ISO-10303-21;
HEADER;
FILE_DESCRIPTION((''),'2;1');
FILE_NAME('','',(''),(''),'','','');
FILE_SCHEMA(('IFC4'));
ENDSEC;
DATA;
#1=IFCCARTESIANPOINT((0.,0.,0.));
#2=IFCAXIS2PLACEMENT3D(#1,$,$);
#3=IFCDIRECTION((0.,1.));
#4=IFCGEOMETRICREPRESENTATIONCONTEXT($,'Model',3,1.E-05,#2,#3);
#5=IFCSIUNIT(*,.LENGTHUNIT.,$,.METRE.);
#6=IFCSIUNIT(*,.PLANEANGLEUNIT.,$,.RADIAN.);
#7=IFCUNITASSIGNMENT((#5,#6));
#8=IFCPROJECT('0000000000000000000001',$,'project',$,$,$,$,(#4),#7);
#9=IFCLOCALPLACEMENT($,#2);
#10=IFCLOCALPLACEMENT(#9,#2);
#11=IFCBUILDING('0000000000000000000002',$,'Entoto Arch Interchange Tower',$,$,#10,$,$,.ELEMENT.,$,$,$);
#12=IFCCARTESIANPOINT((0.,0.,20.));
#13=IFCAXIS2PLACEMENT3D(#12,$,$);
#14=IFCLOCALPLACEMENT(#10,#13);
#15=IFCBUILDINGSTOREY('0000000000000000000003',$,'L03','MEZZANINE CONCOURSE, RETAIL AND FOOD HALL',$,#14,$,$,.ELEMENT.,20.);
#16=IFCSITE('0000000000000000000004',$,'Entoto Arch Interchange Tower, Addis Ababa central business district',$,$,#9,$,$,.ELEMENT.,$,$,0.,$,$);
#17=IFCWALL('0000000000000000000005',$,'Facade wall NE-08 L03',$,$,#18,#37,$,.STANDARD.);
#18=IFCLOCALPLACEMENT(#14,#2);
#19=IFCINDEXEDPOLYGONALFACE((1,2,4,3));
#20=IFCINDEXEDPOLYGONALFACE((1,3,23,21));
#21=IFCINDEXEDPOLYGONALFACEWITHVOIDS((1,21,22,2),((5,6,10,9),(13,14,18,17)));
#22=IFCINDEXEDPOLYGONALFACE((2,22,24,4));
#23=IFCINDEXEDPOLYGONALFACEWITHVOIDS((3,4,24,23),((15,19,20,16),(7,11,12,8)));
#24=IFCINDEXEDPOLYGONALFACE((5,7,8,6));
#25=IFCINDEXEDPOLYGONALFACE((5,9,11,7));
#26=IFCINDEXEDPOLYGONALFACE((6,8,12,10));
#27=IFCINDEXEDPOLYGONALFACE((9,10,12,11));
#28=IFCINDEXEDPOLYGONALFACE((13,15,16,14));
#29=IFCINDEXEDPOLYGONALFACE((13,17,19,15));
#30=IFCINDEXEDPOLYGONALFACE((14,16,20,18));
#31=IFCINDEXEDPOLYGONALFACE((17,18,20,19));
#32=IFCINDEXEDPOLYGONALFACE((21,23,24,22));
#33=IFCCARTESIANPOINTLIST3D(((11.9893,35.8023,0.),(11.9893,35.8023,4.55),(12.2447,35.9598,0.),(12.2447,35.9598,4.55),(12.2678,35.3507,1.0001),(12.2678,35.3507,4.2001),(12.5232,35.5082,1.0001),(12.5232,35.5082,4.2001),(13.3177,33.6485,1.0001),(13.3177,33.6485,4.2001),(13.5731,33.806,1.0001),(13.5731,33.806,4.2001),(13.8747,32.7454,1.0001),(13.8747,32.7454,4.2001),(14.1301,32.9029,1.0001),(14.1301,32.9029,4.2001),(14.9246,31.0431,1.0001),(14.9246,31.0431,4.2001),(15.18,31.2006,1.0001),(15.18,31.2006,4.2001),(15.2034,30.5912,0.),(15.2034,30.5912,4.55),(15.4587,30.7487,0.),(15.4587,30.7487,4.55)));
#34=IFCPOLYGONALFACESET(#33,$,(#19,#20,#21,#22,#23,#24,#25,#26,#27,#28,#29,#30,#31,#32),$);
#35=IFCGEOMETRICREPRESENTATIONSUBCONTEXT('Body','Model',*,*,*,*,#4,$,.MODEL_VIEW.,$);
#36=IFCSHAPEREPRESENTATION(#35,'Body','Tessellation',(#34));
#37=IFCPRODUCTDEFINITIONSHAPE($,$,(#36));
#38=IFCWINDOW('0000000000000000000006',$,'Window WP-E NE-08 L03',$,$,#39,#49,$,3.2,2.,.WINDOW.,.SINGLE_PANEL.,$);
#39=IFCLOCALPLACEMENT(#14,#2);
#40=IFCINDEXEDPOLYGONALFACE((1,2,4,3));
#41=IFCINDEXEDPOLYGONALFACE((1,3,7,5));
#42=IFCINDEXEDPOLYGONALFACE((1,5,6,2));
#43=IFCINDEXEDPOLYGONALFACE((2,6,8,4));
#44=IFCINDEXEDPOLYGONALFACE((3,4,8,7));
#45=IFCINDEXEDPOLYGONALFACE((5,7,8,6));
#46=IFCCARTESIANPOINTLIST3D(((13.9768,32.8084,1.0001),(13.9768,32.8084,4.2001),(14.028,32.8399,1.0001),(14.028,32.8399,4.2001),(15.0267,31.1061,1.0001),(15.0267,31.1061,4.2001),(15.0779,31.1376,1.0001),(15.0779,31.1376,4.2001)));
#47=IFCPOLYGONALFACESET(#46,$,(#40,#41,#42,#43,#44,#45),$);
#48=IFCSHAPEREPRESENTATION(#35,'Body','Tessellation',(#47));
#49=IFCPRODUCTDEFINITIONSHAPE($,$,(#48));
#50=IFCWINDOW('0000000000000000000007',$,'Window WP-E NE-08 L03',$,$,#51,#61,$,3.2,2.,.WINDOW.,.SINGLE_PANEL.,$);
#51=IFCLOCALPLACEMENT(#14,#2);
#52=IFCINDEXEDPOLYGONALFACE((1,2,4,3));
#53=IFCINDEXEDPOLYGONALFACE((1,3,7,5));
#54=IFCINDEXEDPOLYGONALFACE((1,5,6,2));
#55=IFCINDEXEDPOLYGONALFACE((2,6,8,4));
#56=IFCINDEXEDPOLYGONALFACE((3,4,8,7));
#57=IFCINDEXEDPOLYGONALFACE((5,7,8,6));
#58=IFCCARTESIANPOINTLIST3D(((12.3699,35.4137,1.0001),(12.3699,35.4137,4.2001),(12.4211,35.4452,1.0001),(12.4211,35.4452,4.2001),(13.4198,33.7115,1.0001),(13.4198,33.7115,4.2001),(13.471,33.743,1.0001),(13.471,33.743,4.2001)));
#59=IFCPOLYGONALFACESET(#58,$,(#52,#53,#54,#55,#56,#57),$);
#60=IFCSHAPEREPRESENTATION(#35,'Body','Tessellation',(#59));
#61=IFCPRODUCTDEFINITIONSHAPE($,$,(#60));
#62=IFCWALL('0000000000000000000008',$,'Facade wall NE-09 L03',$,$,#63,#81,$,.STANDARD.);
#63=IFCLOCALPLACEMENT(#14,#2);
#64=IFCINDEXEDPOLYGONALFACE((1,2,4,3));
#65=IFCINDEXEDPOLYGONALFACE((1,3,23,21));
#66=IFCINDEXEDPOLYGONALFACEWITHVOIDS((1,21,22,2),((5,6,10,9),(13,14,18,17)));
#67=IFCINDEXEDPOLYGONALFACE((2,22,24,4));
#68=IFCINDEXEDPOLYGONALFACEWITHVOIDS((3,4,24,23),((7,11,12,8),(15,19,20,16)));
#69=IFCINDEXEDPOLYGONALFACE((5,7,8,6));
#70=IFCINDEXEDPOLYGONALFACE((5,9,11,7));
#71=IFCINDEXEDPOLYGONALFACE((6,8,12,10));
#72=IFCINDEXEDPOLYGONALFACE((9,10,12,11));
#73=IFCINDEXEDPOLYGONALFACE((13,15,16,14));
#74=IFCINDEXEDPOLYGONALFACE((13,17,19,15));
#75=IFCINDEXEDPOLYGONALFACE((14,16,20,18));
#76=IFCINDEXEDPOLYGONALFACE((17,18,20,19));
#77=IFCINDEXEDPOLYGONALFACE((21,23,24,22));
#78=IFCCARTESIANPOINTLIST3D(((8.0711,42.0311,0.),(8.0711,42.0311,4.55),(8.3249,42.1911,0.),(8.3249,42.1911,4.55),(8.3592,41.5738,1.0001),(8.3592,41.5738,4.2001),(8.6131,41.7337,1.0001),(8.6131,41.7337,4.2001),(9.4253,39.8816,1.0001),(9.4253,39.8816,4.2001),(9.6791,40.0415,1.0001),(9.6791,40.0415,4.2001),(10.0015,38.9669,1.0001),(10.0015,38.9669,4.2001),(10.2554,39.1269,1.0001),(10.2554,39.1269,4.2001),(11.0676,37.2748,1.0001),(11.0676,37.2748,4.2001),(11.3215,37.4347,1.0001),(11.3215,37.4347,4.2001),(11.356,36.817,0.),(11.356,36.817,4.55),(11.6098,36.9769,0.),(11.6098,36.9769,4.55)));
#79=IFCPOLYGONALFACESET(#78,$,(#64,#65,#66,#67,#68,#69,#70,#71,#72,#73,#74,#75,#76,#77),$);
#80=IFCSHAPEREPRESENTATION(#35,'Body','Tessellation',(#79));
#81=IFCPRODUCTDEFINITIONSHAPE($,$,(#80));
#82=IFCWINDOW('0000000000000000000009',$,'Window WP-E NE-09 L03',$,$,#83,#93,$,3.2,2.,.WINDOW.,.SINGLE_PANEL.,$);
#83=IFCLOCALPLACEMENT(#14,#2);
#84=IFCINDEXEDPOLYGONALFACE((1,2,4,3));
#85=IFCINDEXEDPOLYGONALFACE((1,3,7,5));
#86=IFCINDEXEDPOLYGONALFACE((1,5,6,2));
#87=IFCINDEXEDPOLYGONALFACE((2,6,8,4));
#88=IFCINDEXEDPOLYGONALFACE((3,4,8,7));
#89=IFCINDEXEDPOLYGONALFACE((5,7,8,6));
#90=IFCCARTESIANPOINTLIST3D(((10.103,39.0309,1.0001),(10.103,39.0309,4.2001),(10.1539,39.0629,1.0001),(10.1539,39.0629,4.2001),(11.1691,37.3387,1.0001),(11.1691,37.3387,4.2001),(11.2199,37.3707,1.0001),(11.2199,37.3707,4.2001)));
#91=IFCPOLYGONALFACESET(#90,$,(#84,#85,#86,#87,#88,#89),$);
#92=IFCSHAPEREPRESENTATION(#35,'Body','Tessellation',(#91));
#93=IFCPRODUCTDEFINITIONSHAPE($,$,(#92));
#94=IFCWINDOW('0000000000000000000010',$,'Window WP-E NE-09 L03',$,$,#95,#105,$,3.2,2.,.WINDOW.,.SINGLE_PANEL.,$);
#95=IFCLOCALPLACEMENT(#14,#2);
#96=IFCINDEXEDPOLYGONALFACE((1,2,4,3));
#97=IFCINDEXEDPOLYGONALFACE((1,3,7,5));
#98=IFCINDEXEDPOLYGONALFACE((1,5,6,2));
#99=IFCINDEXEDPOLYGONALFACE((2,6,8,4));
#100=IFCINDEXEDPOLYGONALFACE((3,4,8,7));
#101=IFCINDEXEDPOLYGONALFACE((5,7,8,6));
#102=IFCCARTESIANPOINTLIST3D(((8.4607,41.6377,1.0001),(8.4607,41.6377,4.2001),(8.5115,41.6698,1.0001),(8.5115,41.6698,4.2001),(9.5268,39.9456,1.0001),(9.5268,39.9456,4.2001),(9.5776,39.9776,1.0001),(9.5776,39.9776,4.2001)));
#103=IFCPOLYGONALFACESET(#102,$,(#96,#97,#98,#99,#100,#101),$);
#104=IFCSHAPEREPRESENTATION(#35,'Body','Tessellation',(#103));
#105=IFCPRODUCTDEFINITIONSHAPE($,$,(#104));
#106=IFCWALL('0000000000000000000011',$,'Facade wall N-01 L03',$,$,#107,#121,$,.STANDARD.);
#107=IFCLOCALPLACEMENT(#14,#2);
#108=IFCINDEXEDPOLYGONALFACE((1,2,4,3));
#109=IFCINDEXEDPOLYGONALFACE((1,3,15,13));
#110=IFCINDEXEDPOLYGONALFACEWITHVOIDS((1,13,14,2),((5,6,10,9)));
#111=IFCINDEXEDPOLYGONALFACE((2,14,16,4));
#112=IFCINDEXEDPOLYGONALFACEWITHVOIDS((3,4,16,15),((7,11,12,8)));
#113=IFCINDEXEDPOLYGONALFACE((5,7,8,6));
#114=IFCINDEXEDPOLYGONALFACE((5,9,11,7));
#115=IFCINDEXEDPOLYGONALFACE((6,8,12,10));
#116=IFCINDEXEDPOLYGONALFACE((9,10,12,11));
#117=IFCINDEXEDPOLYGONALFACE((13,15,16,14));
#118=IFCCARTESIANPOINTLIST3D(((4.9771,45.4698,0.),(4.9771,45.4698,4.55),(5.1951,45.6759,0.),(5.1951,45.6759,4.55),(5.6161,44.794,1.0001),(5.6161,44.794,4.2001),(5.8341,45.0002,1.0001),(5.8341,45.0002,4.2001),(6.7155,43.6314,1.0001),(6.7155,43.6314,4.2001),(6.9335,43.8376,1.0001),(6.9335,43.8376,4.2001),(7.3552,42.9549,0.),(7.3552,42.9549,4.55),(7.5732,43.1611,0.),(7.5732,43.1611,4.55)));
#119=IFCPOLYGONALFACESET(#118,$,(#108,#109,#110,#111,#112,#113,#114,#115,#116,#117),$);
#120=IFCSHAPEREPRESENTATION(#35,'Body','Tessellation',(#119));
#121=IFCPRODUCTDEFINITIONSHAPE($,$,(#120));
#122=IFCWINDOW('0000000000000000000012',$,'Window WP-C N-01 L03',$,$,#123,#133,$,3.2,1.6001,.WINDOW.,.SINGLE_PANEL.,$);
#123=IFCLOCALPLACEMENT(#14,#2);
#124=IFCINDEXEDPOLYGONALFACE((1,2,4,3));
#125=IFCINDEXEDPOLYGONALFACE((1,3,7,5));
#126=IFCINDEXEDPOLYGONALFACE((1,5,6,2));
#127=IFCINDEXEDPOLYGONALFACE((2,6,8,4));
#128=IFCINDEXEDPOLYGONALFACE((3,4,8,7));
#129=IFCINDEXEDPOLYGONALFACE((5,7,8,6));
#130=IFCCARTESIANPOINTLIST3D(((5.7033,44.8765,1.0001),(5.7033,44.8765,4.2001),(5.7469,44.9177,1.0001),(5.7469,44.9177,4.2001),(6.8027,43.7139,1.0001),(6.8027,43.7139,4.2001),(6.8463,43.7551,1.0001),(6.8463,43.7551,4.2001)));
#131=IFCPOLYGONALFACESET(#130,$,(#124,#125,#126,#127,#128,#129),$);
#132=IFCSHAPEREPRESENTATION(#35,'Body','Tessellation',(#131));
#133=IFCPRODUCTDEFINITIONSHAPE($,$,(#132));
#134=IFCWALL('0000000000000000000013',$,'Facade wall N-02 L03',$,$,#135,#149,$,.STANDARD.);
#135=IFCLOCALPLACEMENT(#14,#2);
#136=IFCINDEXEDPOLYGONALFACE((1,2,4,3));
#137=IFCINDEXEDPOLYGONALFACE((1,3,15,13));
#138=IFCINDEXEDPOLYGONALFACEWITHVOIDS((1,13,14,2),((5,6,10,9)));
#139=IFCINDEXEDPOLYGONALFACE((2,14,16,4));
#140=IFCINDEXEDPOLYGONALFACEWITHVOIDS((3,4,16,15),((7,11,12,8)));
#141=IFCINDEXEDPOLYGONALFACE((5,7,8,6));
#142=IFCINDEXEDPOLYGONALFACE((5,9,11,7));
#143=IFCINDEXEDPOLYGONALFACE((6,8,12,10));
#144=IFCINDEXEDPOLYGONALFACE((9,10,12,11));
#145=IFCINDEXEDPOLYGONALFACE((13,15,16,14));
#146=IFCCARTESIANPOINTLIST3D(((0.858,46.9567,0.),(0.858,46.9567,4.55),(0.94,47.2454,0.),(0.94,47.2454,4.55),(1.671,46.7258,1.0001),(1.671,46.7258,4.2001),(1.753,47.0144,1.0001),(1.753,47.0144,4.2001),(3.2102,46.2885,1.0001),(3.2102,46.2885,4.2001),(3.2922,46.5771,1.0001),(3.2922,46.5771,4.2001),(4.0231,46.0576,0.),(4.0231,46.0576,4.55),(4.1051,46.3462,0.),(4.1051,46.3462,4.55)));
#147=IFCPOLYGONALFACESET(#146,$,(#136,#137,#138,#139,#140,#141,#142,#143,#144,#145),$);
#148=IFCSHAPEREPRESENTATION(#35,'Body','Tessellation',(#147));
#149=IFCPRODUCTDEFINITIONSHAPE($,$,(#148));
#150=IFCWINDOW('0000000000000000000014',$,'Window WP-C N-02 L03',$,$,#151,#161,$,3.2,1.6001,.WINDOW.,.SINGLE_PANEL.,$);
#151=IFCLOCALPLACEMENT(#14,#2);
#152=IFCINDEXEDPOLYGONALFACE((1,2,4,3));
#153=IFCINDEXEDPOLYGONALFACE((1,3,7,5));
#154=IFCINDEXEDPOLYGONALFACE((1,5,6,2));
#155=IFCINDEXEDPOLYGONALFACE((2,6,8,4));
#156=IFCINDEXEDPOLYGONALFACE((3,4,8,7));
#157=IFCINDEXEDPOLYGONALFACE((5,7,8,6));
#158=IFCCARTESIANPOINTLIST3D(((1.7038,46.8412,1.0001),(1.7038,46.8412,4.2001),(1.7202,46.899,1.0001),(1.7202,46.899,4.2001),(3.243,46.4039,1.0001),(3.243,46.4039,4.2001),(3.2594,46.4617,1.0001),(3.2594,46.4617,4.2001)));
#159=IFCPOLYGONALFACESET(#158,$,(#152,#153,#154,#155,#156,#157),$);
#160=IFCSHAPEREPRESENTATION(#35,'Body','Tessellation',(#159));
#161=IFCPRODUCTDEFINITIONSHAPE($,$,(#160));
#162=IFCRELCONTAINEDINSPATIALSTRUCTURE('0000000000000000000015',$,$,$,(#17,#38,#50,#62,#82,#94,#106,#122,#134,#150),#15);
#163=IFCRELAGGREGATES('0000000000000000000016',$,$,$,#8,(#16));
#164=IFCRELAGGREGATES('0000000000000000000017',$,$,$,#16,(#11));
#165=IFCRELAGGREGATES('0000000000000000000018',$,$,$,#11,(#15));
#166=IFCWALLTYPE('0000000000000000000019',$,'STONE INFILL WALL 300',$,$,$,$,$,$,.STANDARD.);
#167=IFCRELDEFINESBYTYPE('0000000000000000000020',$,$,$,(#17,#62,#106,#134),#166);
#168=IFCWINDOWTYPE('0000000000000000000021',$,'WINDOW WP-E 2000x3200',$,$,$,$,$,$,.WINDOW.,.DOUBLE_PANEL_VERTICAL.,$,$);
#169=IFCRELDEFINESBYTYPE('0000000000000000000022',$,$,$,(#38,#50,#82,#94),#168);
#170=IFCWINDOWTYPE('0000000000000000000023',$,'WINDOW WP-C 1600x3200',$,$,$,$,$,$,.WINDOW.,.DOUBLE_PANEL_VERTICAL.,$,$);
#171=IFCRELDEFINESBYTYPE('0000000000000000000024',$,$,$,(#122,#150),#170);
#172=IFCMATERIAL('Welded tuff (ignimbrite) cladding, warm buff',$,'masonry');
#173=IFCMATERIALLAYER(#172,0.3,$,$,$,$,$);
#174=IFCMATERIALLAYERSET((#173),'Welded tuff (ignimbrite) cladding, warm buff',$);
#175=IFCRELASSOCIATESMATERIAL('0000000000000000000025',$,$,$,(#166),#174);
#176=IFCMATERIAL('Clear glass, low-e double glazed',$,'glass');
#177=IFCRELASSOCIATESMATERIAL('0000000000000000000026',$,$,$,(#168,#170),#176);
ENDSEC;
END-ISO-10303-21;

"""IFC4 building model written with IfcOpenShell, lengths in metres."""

from ifc_helpers import new_model, si_unit, direction, frame, frame_2d, origin, place, context, subcontext, project, spatial, rectangle, extrude, material, layer, layer_set, type_object, element, fill, save


model = new_model("IFC4")

# Units and contexts
model_context = context("Model", 3, precision=1e-05, world=origin(), true_north=direction((0.0, 1.0)))
body_context = subcontext(model_context, "Body", "Model", "MODEL_VIEW")
ifc_project = project(units=[si_unit("LENGTHUNIT", "METRE"), si_unit("PLANEANGLEUNIT", "RADIAN")], contexts=[model_context])

# Site, building, storey
site_placement = place(None, origin())
site = spatial("IfcSite", under=ifc_project, at=site_placement, Name="Entoto Arch Interchange Tower, Addis Ababa central business district", CompositionType="ELEMENT", RefElevation=0.0)
building_placement = place(site_placement, origin())
building = spatial("IfcBuilding", under=site, at=building_placement, Name="Entoto Arch Interchange Tower", CompositionType="ELEMENT")
storey_placement = place(building_placement, frame((0.0, 0.0, 20.0)))
storey = spatial("IfcBuildingStorey", under=building, at=storey_placement, Name="L03", Description="MEZZANINE CONCOURSE, RETAIL AND FOOD HALL", CompositionType="ELEMENT", Elevation=20.0)

# Walls, openings, windows
ifc_material_1 = material(Name="Welded tuff (ignimbrite) cladding, warm buff", Category="masonry")
ifc_layer_1 = layer(ifc_material_1, 0.3)
ifc_layer_set_1 = layer_set([ifc_layer_1], Name="Welded tuff (ignimbrite) cladding, warm buff")
wall_type_1 = type_object("IfcWallType", Name="STONE INFILL WALL 300", PredefinedType="STANDARD", material=ifc_layer_set_1)
wall_1_placement = place(storey_placement, frame((15.3311, 30.6699, 0.0), z_axis=(0.0, 0.0, 1.0), x_axis=(-0.524954, 0.851131, 0.0)))
wall_1 = element("IfcWall", 1, at=wall_1_placement, inside=storey, type_object=wall_type_1, Name="Facade wall NE-08 L03", PredefinedType="STANDARD", context=body_context, shape_type="SweptSolid", body=[
    extrude(rectangle(XDim=6.1226, YDim=0.3, at=frame_2d((3.0613, 0.0))), origin(), (0.0, 0.0, 1.0), 4.55),
])
opening_1_placement = place(wall_1_placement, frame((0.531, 0.0, 1.0)))
opening_1 = element("IfcOpeningElement", 2, at=opening_1_placement, cuts=wall_1, PredefinedType="OPENING", context=body_context, shape_type="SweptSolid", body=[
    extrude(rectangle(XDim=2.0, YDim=3.2, at=frame_2d((1.0, 1.6001))), frame((0.0, 0.1602, 0.0), z_axis=(0.0, -1.0, 0.0), x_axis=(1.0, 0.0, 0.0)), (0.0, 0.0, 1.0), 0.3201),
])
opening_2_placement = place(wall_1_placement, frame((3.592, 0.0, 1.0)))
opening_2 = element("IfcOpeningElement", 3, at=opening_2_placement, cuts=wall_1, PredefinedType="OPENING", context=body_context, shape_type="SweptSolid", body=[
    extrude(rectangle(XDim=2.0, YDim=3.2, at=frame_2d((1.0, 1.6001))), frame((0.0, 0.1602, 0.0), z_axis=(0.0, -1.0, 0.0), x_axis=(1.0, 0.0, 0.0)), (0.0, 0.0, 1.0), 0.3201),
])
ifc_material_2 = material(Name="Clear glass, low-e double glazed", Category="glass")
window_type_1 = type_object("IfcWindowType", Name="WINDOW WP-E 2000x3200", PartitioningType="DOUBLE_PANEL_VERTICAL", PredefinedType="WINDOW", material=ifc_material_2)
window_1_placement = place(opening_1_placement, origin())
window_1 = element("IfcWindow", 4, at=window_1_placement, inside=storey, type_object=window_type_1, Name="Window WP-E NE-08 L03", OverallHeight=3.2, OverallWidth=2.0, PartitioningType="SINGLE_PANEL", PredefinedType="WINDOW", context=body_context, shape_type="SweptSolid", body=[
    extrude(rectangle(XDim=2.0, YDim=3.2, at=frame_2d((1.0, 1.6001))), frame((0.0, 0.03, 0.0), z_axis=(0.0, -1.0, 0.0), x_axis=(1.0, 0.0, 0.0)), (0.0, 0.0, 1.0), 0.0601),
])
fill(opening_1, window_1)
window_2_placement = place(opening_2_placement, origin())
window_2 = element("IfcWindow", 5, at=window_2_placement, inside=storey, type_object=window_type_1, Name="Window WP-E NE-08 L03", OverallHeight=3.2, OverallWidth=2.0, PartitioningType="SINGLE_PANEL", PredefinedType="WINDOW", context=body_context, shape_type="SweptSolid", body=[
    extrude(rectangle(XDim=2.0, YDim=3.2, at=frame_2d((1.0, 1.6001))), frame((0.0, 0.03, 0.0), z_axis=(0.0, -1.0, 0.0), x_axis=(1.0, 0.0, 0.0)), (0.0, 0.0, 1.0), 0.0601),
])
fill(opening_2, window_2)
wall_2_placement = place(storey_placement, frame((11.4829, 36.897, 0.0), z_axis=(0.0, 0.0, 1.0), x_axis=(-0.53304, 0.84609, 0.0)))
wall_2 = element("IfcWall", 6, at=wall_2_placement, inside=storey, type_object=wall_type_1, Name="Facade wall NE-09 L03", PredefinedType="STANDARD", context=body_context, shape_type="SweptSolid", body=[
    extrude(rectangle(XDim=6.1626, YDim=0.3, at=frame_2d((3.0813, 0.0))), origin(), (0.0, 0.0, 1.0), 4.55),
])
opening_3_placement = place(wall_2_placement, frame((0.541, 0.0, 1.0)))
opening_3 = element("IfcOpeningElement", 7, at=opening_3_placement, cuts=wall_2, PredefinedType="OPENING", context=body_context, shape_type="SweptSolid", body=[
    extrude(rectangle(XDim=2.0, YDim=3.2, at=frame_2d((1.0, 1.6001))), frame((0.0, 0.1602, 0.0), z_axis=(0.0, -1.0, 0.0), x_axis=(1.0, 0.0, 0.0)), (0.0, 0.0, 1.0), 0.3201),
])
opening_4_placement = place(wall_2_placement, frame((3.6221, 0.0, 1.0)))
opening_4 = element("IfcOpeningElement", 8, at=opening_4_placement, cuts=wall_2, PredefinedType="OPENING", context=body_context, shape_type="SweptSolid", body=[
    extrude(rectangle(XDim=2.0, YDim=3.2, at=frame_2d((1.0, 1.6001))), frame((0.0, 0.1602, 0.0), z_axis=(0.0, -1.0, 0.0), x_axis=(1.0, 0.0, 0.0)), (0.0, 0.0, 1.0), 0.3201),
])
window_3_placement = place(opening_3_placement, origin())
window_3 = element("IfcWindow", 9, at=window_3_placement, inside=storey, type_object=window_type_1, Name="Window WP-E NE-09 L03", OverallHeight=3.2, OverallWidth=2.0, PartitioningType="SINGLE_PANEL", PredefinedType="WINDOW", context=body_context, shape_type="SweptSolid", body=[
    extrude(rectangle(XDim=2.0, YDim=3.2, at=frame_2d((1.0, 1.6001))), frame((0.0, 0.03, 0.0), z_axis=(0.0, -1.0, 0.0), x_axis=(1.0, 0.0, 0.0)), (0.0, 0.0, 1.0), 0.0601),
])
fill(opening_3, window_3)
window_4_placement = place(opening_4_placement, origin())
window_4 = element("IfcWindow", 10, at=window_4_placement, inside=storey, type_object=window_type_1, Name="Window WP-E NE-09 L03", OverallHeight=3.2, OverallWidth=2.0, PartitioningType="SINGLE_PANEL", PredefinedType="WINDOW", context=body_context, shape_type="SweptSolid", body=[
    extrude(rectangle(XDim=2.0, YDim=3.2, at=frame_2d((1.0, 1.6001))), frame((0.0, 0.03, 0.0), z_axis=(0.0, -1.0, 0.0), x_axis=(1.0, 0.0, 0.0)), (0.0, 0.0, 1.0), 0.0601),
])
fill(opening_4, window_4)

# Walls, openings, windows
wall_3_placement = place(storey_placement, frame((7.4641, 43.0581, 0.0), z_axis=(0.0, 0.0, 1.0), x_axis=(-0.687081, 0.726581, 0.0)))
wall_3 = element("IfcWall", 11, at=wall_3_placement, inside=storey, type_object=wall_type_1, Name="Facade wall N-01 L03", PredefinedType="STANDARD", context=body_context, shape_type="SweptSolid", body=[
    extrude(rectangle(XDim=3.4612, YDim=0.3, at=frame_2d((1.7305, 0.0))), origin(), (0.0, 0.0, 1.0), 4.55),
])
opening_5_placement = place(wall_3_placement, frame((0.9309, 0.0, 1.0)))
opening_5 = element("IfcOpeningElement", 12, at=opening_5_placement, cuts=wall_3, PredefinedType="OPENING", context=body_context, shape_type="SweptSolid", body=[
    extrude(rectangle(XDim=1.6001, YDim=3.2, at=frame_2d((0.8, 1.6001))), frame((0.0, 0.1602, 0.0), z_axis=(0.0, -1.0, 0.0), x_axis=(1.0, 0.0, 0.0)), (0.0, 0.0, 1.0), 0.3201),
])
window_type_2 = type_object("IfcWindowType", Name="WINDOW WP-C 1600x3200", PartitioningType="DOUBLE_PANEL_VERTICAL", PredefinedType="WINDOW", material=ifc_material_2)
window_5_placement = place(opening_5_placement, origin())
window_5 = element("IfcWindow", 13, at=window_5_placement, inside=storey, type_object=window_type_2, Name="Window WP-C N-01 L03", OverallHeight=3.2, OverallWidth=1.6001, PartitioningType="SINGLE_PANEL", PredefinedType="WINDOW", context=body_context, shape_type="SweptSolid", body=[
    extrude(rectangle(XDim=1.6001, YDim=3.2, at=frame_2d((0.8, 1.6001))), frame((0.0, 0.03, 0.0), z_axis=(0.0, -1.0, 0.0), x_axis=(1.0, 0.0, 0.0)), (0.0, 0.0, 1.0), 0.0601),
])
fill(opening_5, window_5)
wall_4_placement = place(storey_placement, frame((4.064, 46.2019, 0.0), z_axis=(0.0, 0.0, 1.0), x_axis=(-0.961934, 0.27328, 0.0)))
wall_4 = element("IfcWall", 14, at=wall_4_placement, inside=storey, type_object=wall_type_1, Name="Facade wall N-02 L03", PredefinedType="STANDARD", context=body_context, shape_type="SweptSolid", body=[
    extrude(rectangle(XDim=3.2903, YDim=0.3, at=frame_2d((1.645, 0.0))), origin(), (0.0, 0.0, 1.0), 4.55),
])
opening_6_placement = place(wall_4_placement, frame((0.845, 0.0, 1.0)))
opening_6 = element("IfcOpeningElement", 15, at=opening_6_placement, cuts=wall_4, PredefinedType="OPENING", context=body_context, shape_type="SweptSolid", body=[
    extrude(rectangle(XDim=1.6001, YDim=3.2, at=frame_2d((0.8, 1.6001))), frame((0.0, 0.1602, 0.0), z_axis=(0.0, -1.0, 0.0), x_axis=(1.0, 0.0, 0.0)), (0.0, 0.0, 1.0), 0.3201),
])
window_6_placement = place(opening_6_placement, origin())
window_6 = element("IfcWindow", 16, at=window_6_placement, inside=storey, type_object=window_type_2, Name="Window WP-C N-02 L03", OverallHeight=3.2, OverallWidth=1.6001, PartitioningType="SINGLE_PANEL", PredefinedType="WINDOW", context=body_context, shape_type="SweptSolid", body=[
    extrude(rectangle(XDim=1.6001, YDim=3.2, at=frame_2d((0.8, 1.6001))), frame((0.0, 0.03, 0.0), z_axis=(0.0, -1.0, 0.0), x_axis=(1.0, 0.0, 0.0)), (0.0, 0.0, 1.0), 0.0601),
])
fill(opening_6, window_6)

save(model, "model.ifc")
